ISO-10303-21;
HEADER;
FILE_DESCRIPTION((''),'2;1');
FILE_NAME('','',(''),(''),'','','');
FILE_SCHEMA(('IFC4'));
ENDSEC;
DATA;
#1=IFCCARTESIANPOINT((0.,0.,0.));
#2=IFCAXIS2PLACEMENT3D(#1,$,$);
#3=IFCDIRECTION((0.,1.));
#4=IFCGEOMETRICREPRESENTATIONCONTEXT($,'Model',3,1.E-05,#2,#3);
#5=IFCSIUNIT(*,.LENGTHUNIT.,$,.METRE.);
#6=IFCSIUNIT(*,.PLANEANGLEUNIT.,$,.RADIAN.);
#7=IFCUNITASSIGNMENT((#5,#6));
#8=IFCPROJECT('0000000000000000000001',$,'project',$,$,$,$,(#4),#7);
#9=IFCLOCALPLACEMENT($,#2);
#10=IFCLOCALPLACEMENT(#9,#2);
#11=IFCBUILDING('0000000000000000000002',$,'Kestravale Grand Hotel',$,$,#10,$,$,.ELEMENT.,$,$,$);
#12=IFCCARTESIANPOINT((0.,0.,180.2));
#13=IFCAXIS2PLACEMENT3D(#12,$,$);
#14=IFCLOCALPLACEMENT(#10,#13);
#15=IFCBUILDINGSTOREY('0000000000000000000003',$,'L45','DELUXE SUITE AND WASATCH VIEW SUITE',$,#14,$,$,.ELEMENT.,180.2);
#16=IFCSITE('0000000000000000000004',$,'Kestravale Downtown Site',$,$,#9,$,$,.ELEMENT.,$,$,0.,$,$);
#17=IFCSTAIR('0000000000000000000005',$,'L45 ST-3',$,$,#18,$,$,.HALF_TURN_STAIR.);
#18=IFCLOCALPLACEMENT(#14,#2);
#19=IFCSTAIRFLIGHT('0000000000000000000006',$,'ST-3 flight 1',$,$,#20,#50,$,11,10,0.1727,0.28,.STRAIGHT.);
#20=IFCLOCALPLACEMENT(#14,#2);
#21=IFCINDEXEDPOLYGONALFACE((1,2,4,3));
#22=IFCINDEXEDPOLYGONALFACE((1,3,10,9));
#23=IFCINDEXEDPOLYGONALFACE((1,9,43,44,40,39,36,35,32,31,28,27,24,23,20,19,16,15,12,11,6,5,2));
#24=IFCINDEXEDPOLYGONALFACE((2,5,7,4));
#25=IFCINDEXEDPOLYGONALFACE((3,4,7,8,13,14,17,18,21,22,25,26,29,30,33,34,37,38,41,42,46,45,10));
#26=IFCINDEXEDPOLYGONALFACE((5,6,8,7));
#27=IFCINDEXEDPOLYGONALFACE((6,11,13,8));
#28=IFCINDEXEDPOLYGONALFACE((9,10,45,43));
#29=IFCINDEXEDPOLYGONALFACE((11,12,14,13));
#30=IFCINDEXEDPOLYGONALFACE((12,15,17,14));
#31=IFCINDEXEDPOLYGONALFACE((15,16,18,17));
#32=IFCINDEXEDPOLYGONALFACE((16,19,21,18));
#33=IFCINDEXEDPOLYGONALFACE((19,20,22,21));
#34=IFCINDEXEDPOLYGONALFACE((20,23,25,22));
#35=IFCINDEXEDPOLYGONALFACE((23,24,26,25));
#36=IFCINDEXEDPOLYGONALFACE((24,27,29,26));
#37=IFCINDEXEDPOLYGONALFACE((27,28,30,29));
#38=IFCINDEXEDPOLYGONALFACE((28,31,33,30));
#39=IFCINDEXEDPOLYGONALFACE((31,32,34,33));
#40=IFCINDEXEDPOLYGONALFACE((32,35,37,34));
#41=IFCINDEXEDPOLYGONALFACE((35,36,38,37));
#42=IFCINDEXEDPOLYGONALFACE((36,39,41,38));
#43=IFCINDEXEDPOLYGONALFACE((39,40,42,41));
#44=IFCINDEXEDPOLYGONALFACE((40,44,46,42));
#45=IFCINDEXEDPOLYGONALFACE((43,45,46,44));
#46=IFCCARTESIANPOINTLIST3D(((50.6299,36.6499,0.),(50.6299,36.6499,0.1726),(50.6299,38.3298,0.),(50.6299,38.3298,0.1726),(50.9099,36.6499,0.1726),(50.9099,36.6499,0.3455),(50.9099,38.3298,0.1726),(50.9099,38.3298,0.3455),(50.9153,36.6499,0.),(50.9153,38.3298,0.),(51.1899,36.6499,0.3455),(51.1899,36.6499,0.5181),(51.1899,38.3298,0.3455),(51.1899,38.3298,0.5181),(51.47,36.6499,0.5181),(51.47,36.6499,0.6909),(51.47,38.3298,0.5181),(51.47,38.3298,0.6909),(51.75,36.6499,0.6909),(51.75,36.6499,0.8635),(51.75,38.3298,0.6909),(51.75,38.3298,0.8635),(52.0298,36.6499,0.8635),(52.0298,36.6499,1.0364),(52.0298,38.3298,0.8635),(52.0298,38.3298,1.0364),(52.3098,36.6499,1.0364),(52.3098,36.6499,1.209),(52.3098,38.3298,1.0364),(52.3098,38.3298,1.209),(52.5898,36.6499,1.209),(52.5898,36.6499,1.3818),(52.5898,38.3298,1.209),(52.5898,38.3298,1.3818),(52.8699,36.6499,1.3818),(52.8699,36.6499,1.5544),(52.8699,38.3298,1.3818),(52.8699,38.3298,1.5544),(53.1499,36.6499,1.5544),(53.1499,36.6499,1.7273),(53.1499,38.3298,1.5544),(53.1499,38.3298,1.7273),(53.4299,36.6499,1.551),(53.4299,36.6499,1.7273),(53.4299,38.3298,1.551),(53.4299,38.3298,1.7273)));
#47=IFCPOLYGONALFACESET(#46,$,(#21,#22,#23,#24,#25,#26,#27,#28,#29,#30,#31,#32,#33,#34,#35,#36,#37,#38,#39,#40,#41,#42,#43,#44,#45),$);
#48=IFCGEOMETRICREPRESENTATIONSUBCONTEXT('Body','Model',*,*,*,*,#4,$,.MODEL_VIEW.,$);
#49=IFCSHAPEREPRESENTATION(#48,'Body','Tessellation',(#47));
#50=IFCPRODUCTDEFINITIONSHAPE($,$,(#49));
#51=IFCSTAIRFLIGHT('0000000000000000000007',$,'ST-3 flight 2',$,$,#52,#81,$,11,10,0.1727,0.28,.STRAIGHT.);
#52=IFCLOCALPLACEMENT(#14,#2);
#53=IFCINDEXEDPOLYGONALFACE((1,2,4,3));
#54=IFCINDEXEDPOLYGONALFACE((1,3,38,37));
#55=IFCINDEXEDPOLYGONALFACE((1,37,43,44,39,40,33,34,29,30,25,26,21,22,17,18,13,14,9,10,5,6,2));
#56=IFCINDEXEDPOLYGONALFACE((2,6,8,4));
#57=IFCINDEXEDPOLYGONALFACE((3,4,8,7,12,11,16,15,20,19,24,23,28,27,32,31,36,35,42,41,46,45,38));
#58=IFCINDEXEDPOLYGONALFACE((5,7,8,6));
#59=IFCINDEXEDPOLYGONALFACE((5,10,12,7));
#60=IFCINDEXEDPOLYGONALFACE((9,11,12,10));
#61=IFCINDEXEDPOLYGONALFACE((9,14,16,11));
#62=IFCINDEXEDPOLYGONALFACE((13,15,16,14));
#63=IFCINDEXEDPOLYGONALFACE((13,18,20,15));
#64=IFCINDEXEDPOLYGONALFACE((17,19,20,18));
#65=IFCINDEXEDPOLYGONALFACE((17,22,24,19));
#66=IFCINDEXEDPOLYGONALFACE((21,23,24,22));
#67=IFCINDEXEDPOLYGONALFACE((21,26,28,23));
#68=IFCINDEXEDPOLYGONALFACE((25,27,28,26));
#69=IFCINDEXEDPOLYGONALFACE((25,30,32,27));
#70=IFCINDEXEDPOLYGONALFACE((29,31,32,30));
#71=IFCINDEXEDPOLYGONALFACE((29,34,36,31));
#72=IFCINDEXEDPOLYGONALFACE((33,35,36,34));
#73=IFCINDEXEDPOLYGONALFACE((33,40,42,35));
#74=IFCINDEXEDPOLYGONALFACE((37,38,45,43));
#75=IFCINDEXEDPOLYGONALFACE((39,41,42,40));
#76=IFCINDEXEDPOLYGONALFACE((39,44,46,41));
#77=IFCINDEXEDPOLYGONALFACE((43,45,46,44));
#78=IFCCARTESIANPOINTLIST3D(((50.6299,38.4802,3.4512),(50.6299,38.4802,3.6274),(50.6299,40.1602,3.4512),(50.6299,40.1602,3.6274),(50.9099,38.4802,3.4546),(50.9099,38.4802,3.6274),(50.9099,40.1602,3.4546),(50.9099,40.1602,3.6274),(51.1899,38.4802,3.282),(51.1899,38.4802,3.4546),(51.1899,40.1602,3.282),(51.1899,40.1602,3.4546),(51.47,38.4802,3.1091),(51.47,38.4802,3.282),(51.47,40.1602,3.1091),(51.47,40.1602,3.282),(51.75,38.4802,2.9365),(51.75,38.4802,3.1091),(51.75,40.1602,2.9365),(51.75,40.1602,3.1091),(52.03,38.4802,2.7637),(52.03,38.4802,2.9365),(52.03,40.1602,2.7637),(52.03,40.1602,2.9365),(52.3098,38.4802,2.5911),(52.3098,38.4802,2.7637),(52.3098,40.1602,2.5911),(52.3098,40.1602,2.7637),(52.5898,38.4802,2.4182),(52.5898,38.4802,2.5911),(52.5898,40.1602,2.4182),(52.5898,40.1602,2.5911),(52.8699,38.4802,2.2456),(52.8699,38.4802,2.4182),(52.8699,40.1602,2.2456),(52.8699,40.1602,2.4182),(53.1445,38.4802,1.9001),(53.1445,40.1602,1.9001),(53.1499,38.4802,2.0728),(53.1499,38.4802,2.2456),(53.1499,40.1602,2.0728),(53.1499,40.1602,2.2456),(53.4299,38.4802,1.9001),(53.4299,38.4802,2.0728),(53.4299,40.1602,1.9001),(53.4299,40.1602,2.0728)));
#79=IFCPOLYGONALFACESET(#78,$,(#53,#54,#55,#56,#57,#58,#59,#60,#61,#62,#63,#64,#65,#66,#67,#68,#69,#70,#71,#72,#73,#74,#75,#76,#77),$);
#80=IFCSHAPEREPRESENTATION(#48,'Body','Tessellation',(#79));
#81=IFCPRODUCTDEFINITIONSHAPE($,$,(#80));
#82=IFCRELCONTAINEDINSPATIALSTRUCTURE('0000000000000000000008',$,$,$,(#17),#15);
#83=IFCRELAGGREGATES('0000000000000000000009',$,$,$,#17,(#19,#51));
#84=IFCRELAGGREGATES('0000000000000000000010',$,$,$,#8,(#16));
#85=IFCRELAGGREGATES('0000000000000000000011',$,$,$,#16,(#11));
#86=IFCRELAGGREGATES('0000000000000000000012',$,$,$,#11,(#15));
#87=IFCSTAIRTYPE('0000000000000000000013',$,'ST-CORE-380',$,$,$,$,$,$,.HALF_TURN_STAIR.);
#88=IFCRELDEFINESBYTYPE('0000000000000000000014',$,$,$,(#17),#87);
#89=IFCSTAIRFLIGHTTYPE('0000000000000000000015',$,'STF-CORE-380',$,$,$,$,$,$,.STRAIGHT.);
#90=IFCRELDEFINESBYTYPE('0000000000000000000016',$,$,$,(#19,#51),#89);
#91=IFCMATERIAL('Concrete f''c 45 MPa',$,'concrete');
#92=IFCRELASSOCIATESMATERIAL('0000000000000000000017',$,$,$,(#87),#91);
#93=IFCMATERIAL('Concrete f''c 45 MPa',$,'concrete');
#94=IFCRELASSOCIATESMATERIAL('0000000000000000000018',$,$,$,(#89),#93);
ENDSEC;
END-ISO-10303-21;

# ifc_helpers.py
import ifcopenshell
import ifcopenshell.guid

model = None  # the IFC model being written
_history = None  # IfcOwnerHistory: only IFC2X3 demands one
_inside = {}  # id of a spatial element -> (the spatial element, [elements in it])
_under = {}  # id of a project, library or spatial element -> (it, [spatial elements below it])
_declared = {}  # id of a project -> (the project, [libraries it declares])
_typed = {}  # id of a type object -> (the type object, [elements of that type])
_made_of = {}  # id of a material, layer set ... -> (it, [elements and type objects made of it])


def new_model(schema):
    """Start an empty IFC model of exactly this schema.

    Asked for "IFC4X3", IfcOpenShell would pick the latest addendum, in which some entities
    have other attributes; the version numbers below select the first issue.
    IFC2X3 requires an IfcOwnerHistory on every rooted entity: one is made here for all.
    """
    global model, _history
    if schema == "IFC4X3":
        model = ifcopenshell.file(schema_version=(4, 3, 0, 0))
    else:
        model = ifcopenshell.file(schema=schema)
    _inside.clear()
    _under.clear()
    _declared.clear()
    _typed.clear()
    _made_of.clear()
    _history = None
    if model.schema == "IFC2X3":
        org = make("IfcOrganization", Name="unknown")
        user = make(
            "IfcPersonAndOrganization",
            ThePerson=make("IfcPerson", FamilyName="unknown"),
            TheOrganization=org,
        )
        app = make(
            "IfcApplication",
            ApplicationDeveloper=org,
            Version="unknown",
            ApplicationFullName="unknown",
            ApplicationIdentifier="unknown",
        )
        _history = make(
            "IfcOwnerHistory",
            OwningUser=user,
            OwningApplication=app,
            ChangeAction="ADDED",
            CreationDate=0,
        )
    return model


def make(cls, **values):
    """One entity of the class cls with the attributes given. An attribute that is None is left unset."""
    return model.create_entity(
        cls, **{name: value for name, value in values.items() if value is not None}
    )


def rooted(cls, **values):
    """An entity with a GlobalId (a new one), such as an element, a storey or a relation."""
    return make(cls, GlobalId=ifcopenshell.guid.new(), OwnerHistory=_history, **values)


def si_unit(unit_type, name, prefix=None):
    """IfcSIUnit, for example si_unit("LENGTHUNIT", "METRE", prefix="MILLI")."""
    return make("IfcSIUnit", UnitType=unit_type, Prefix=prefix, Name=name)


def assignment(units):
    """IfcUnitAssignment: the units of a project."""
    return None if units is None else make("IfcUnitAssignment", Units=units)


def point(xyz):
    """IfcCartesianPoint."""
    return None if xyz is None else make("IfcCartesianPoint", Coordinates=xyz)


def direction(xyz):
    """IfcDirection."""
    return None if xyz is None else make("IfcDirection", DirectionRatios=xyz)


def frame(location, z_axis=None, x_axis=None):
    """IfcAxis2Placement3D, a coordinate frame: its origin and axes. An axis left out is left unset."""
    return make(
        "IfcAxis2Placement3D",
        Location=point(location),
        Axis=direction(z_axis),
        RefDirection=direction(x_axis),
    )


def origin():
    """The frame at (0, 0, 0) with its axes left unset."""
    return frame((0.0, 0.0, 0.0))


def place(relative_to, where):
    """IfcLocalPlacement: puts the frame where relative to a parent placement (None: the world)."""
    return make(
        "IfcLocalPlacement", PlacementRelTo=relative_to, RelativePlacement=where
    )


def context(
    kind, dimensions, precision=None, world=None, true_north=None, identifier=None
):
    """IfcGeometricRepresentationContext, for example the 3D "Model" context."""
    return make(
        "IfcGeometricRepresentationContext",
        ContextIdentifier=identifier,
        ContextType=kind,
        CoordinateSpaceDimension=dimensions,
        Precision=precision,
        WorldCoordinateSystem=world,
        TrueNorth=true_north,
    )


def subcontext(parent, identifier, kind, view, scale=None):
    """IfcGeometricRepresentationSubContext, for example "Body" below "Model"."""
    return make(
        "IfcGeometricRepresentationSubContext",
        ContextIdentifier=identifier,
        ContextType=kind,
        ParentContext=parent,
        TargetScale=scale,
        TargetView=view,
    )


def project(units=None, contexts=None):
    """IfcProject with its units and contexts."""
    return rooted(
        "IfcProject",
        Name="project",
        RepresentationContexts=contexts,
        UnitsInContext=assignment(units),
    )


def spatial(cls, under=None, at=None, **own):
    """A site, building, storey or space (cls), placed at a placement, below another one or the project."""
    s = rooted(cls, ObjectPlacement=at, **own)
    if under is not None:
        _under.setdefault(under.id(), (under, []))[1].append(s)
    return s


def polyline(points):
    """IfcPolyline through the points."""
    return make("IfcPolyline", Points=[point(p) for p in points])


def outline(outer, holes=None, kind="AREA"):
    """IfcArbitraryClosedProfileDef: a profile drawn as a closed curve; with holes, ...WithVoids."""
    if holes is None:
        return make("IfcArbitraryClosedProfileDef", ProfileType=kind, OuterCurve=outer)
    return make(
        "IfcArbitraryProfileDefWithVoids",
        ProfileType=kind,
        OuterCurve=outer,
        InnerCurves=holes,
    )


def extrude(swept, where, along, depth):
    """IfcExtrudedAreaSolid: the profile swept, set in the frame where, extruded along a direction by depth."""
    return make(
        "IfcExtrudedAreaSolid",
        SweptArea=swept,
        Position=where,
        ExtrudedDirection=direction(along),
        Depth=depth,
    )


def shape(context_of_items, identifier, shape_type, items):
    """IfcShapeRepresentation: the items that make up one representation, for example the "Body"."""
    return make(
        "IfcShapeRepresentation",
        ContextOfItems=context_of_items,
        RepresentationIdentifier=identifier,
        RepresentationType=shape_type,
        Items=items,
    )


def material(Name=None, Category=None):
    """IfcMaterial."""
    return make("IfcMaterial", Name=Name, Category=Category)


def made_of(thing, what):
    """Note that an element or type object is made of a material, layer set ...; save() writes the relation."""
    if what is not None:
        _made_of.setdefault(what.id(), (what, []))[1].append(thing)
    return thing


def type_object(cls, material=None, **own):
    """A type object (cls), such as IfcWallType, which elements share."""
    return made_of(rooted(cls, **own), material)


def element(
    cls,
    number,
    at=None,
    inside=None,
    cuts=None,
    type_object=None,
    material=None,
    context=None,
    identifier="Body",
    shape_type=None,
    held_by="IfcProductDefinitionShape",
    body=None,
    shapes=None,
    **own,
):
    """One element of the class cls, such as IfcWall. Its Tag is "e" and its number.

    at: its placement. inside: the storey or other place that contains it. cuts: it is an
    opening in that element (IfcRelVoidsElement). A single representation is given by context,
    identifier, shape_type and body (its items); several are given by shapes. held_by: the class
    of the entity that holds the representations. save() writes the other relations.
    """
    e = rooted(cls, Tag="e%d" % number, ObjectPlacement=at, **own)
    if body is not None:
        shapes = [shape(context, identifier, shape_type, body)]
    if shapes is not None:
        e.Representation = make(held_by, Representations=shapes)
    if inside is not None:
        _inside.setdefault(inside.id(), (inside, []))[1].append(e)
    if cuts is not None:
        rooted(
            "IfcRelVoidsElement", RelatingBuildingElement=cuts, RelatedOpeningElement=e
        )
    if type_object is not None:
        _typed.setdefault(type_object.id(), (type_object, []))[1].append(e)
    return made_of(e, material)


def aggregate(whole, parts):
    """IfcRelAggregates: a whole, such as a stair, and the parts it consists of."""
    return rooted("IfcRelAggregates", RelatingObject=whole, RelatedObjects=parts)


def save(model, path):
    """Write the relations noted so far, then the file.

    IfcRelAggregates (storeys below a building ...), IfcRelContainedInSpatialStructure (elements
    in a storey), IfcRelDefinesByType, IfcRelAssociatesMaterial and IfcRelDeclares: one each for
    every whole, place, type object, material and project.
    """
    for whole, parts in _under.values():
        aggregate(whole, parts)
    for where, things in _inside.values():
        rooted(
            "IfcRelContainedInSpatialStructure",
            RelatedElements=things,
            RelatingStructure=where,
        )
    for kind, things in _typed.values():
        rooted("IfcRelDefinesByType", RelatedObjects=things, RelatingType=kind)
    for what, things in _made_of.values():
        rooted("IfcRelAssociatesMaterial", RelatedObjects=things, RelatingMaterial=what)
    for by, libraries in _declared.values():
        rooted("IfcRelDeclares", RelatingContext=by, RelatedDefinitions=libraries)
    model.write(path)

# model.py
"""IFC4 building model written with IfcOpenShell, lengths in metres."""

from ifc_helpers import new_model, si_unit, direction, frame, origin, place, context, subcontext, project, spatial, polyline, outline, extrude, material, type_object, element, aggregate, save


model = new_model("IFC4")

# Units and contexts
model_context = context("Model", 3, precision=1e-05, world=origin(), true_north=direction((0.0, 1.0)))
body_context = subcontext(model_context, "Body", "Model", "MODEL_VIEW")
ifc_project = project(units=[si_unit("LENGTHUNIT", "METRE"), si_unit("PLANEANGLEUNIT", "RADIAN")], contexts=[model_context])

# Site, building, storey
site_placement = place(None, origin())
site = spatial("IfcSite", under=ifc_project, at=site_placement, Name="Kestravale Downtown Site", CompositionType="ELEMENT", RefElevation=0.0)
building_placement = place(site_placement, origin())
building = spatial("IfcBuilding", under=site, at=building_placement, Name="Kestravale Grand Hotel", CompositionType="ELEMENT")
storey_placement = place(building_placement, frame((0.0, 0.0, 180.2)))
storey = spatial("IfcBuildingStorey", under=building, at=storey_placement, Name="L45", Description="DELUXE SUITE AND WASATCH VIEW SUITE", CompositionType="ELEMENT", Elevation=180.2)

# Stair, stair flights
ifc_material_1 = material(Name="Concrete f'c 45 MPa", Category="concrete")
stair_type = type_object("IfcStairType", Name="ST-CORE-380", PredefinedType="HALF_TURN_STAIR", material=ifc_material_1)
stair_placement = place(storey_placement, origin())
stair = element("IfcStair", 1, at=stair_placement, inside=storey, type_object=stair_type, Name="L45 ST-3", PredefinedType="HALF_TURN_STAIR")
ifc_material_2 = material(Name="Concrete f'c 45 MPa", Category="concrete")
stair_flight_type = type_object("IfcStairFlightType", Name="STF-CORE-380", PredefinedType="STRAIGHT", material=ifc_material_2)
stair_flight_1_placement = place(storey_placement, frame((50.6299, 37.49, 0.0), z_axis=(0.0, 0.0, 1.0), x_axis=(1.0, 0.0, 0.0)))
stair_flight_1 = element("IfcStairFlight", 2, at=stair_flight_1_placement, type_object=stair_flight_type, Name="ST-3 flight 1", NumberOfRisers=11, NumberOfTreads=10, PredefinedType="STRAIGHT", RiserHeight=0.1727, TreadLength=0.28, context=body_context, shape_type="SweptSolid", body=[
    extrude(outline(polyline([(0.0, 0.0), (0.0, 0.1726), (0.28, 0.1726), (0.28, 0.3455), (0.5601, 0.3455), (0.5601, 0.5181), (0.8401, 0.5181), (0.8401, 0.6909), (1.1201, 0.6909), (1.1201, 0.8635), (1.3999, 0.8635), (1.3999, 1.0364), (1.6799, 1.0364), (1.6799, 1.209), (1.96, 1.209), (1.96, 1.3818), (2.24, 1.3818), (2.24, 1.5544), (2.52, 1.5544), (2.52, 1.7273), (2.8, 1.7273), (2.8, 1.8999), (2.8, 1.551), (0.2854, 0.0), (0.0, 0.0)])), frame((0.0, 0.8398, 0.0), z_axis=(0.0, -1.0, 0.0), x_axis=(1.0, 0.0, 0.0)), (0.0, 0.0, 1.0), 1.6799),
])
stair_flight_2_placement = place(storey_placement, frame((53.4299, 39.3201, 1.9001), z_axis=(0.0, 0.0, 1.0), x_axis=(-1.0, 0.0, 0.0)))
stair_flight_2 = element("IfcStairFlight", 3, at=stair_flight_2_placement, type_object=stair_flight_type, Name="ST-3 flight 2", NumberOfRisers=11, NumberOfTreads=10, PredefinedType="STRAIGHT", RiserHeight=0.1727, TreadLength=0.28, context=body_context, shape_type="SweptSolid", body=[
    extrude(outline(polyline([(0.0, 0.0), (0.0, 0.1726), (0.28, 0.1726), (0.28, 0.3455), (0.5601, 0.3455), (0.5601, 0.5181), (0.8401, 0.5181), (0.8401, 0.6909), (1.1201, 0.6909), (1.1201, 0.8635), (1.3999, 0.8635), (1.3999, 1.0364), (1.6799, 1.0364), (1.6799, 1.209), (1.96, 1.209), (1.96, 1.3818), (2.24, 1.3818), (2.24, 1.5544), (2.52, 1.5544), (2.52, 1.7273), (2.8, 1.7273), (2.8, 1.8999), (2.8, 1.551), (0.2854, 0.0), (0.0, 0.0)])), frame((0.0, 0.8398, 0.0), z_axis=(0.0, -1.0, 0.0), x_axis=(1.0, 0.0, 0.0)), (0.0, 0.0, 1.0), 1.6799),
])
aggregate(stair, [stair_flight_1, stair_flight_2])

save(model, "model.ifc")
